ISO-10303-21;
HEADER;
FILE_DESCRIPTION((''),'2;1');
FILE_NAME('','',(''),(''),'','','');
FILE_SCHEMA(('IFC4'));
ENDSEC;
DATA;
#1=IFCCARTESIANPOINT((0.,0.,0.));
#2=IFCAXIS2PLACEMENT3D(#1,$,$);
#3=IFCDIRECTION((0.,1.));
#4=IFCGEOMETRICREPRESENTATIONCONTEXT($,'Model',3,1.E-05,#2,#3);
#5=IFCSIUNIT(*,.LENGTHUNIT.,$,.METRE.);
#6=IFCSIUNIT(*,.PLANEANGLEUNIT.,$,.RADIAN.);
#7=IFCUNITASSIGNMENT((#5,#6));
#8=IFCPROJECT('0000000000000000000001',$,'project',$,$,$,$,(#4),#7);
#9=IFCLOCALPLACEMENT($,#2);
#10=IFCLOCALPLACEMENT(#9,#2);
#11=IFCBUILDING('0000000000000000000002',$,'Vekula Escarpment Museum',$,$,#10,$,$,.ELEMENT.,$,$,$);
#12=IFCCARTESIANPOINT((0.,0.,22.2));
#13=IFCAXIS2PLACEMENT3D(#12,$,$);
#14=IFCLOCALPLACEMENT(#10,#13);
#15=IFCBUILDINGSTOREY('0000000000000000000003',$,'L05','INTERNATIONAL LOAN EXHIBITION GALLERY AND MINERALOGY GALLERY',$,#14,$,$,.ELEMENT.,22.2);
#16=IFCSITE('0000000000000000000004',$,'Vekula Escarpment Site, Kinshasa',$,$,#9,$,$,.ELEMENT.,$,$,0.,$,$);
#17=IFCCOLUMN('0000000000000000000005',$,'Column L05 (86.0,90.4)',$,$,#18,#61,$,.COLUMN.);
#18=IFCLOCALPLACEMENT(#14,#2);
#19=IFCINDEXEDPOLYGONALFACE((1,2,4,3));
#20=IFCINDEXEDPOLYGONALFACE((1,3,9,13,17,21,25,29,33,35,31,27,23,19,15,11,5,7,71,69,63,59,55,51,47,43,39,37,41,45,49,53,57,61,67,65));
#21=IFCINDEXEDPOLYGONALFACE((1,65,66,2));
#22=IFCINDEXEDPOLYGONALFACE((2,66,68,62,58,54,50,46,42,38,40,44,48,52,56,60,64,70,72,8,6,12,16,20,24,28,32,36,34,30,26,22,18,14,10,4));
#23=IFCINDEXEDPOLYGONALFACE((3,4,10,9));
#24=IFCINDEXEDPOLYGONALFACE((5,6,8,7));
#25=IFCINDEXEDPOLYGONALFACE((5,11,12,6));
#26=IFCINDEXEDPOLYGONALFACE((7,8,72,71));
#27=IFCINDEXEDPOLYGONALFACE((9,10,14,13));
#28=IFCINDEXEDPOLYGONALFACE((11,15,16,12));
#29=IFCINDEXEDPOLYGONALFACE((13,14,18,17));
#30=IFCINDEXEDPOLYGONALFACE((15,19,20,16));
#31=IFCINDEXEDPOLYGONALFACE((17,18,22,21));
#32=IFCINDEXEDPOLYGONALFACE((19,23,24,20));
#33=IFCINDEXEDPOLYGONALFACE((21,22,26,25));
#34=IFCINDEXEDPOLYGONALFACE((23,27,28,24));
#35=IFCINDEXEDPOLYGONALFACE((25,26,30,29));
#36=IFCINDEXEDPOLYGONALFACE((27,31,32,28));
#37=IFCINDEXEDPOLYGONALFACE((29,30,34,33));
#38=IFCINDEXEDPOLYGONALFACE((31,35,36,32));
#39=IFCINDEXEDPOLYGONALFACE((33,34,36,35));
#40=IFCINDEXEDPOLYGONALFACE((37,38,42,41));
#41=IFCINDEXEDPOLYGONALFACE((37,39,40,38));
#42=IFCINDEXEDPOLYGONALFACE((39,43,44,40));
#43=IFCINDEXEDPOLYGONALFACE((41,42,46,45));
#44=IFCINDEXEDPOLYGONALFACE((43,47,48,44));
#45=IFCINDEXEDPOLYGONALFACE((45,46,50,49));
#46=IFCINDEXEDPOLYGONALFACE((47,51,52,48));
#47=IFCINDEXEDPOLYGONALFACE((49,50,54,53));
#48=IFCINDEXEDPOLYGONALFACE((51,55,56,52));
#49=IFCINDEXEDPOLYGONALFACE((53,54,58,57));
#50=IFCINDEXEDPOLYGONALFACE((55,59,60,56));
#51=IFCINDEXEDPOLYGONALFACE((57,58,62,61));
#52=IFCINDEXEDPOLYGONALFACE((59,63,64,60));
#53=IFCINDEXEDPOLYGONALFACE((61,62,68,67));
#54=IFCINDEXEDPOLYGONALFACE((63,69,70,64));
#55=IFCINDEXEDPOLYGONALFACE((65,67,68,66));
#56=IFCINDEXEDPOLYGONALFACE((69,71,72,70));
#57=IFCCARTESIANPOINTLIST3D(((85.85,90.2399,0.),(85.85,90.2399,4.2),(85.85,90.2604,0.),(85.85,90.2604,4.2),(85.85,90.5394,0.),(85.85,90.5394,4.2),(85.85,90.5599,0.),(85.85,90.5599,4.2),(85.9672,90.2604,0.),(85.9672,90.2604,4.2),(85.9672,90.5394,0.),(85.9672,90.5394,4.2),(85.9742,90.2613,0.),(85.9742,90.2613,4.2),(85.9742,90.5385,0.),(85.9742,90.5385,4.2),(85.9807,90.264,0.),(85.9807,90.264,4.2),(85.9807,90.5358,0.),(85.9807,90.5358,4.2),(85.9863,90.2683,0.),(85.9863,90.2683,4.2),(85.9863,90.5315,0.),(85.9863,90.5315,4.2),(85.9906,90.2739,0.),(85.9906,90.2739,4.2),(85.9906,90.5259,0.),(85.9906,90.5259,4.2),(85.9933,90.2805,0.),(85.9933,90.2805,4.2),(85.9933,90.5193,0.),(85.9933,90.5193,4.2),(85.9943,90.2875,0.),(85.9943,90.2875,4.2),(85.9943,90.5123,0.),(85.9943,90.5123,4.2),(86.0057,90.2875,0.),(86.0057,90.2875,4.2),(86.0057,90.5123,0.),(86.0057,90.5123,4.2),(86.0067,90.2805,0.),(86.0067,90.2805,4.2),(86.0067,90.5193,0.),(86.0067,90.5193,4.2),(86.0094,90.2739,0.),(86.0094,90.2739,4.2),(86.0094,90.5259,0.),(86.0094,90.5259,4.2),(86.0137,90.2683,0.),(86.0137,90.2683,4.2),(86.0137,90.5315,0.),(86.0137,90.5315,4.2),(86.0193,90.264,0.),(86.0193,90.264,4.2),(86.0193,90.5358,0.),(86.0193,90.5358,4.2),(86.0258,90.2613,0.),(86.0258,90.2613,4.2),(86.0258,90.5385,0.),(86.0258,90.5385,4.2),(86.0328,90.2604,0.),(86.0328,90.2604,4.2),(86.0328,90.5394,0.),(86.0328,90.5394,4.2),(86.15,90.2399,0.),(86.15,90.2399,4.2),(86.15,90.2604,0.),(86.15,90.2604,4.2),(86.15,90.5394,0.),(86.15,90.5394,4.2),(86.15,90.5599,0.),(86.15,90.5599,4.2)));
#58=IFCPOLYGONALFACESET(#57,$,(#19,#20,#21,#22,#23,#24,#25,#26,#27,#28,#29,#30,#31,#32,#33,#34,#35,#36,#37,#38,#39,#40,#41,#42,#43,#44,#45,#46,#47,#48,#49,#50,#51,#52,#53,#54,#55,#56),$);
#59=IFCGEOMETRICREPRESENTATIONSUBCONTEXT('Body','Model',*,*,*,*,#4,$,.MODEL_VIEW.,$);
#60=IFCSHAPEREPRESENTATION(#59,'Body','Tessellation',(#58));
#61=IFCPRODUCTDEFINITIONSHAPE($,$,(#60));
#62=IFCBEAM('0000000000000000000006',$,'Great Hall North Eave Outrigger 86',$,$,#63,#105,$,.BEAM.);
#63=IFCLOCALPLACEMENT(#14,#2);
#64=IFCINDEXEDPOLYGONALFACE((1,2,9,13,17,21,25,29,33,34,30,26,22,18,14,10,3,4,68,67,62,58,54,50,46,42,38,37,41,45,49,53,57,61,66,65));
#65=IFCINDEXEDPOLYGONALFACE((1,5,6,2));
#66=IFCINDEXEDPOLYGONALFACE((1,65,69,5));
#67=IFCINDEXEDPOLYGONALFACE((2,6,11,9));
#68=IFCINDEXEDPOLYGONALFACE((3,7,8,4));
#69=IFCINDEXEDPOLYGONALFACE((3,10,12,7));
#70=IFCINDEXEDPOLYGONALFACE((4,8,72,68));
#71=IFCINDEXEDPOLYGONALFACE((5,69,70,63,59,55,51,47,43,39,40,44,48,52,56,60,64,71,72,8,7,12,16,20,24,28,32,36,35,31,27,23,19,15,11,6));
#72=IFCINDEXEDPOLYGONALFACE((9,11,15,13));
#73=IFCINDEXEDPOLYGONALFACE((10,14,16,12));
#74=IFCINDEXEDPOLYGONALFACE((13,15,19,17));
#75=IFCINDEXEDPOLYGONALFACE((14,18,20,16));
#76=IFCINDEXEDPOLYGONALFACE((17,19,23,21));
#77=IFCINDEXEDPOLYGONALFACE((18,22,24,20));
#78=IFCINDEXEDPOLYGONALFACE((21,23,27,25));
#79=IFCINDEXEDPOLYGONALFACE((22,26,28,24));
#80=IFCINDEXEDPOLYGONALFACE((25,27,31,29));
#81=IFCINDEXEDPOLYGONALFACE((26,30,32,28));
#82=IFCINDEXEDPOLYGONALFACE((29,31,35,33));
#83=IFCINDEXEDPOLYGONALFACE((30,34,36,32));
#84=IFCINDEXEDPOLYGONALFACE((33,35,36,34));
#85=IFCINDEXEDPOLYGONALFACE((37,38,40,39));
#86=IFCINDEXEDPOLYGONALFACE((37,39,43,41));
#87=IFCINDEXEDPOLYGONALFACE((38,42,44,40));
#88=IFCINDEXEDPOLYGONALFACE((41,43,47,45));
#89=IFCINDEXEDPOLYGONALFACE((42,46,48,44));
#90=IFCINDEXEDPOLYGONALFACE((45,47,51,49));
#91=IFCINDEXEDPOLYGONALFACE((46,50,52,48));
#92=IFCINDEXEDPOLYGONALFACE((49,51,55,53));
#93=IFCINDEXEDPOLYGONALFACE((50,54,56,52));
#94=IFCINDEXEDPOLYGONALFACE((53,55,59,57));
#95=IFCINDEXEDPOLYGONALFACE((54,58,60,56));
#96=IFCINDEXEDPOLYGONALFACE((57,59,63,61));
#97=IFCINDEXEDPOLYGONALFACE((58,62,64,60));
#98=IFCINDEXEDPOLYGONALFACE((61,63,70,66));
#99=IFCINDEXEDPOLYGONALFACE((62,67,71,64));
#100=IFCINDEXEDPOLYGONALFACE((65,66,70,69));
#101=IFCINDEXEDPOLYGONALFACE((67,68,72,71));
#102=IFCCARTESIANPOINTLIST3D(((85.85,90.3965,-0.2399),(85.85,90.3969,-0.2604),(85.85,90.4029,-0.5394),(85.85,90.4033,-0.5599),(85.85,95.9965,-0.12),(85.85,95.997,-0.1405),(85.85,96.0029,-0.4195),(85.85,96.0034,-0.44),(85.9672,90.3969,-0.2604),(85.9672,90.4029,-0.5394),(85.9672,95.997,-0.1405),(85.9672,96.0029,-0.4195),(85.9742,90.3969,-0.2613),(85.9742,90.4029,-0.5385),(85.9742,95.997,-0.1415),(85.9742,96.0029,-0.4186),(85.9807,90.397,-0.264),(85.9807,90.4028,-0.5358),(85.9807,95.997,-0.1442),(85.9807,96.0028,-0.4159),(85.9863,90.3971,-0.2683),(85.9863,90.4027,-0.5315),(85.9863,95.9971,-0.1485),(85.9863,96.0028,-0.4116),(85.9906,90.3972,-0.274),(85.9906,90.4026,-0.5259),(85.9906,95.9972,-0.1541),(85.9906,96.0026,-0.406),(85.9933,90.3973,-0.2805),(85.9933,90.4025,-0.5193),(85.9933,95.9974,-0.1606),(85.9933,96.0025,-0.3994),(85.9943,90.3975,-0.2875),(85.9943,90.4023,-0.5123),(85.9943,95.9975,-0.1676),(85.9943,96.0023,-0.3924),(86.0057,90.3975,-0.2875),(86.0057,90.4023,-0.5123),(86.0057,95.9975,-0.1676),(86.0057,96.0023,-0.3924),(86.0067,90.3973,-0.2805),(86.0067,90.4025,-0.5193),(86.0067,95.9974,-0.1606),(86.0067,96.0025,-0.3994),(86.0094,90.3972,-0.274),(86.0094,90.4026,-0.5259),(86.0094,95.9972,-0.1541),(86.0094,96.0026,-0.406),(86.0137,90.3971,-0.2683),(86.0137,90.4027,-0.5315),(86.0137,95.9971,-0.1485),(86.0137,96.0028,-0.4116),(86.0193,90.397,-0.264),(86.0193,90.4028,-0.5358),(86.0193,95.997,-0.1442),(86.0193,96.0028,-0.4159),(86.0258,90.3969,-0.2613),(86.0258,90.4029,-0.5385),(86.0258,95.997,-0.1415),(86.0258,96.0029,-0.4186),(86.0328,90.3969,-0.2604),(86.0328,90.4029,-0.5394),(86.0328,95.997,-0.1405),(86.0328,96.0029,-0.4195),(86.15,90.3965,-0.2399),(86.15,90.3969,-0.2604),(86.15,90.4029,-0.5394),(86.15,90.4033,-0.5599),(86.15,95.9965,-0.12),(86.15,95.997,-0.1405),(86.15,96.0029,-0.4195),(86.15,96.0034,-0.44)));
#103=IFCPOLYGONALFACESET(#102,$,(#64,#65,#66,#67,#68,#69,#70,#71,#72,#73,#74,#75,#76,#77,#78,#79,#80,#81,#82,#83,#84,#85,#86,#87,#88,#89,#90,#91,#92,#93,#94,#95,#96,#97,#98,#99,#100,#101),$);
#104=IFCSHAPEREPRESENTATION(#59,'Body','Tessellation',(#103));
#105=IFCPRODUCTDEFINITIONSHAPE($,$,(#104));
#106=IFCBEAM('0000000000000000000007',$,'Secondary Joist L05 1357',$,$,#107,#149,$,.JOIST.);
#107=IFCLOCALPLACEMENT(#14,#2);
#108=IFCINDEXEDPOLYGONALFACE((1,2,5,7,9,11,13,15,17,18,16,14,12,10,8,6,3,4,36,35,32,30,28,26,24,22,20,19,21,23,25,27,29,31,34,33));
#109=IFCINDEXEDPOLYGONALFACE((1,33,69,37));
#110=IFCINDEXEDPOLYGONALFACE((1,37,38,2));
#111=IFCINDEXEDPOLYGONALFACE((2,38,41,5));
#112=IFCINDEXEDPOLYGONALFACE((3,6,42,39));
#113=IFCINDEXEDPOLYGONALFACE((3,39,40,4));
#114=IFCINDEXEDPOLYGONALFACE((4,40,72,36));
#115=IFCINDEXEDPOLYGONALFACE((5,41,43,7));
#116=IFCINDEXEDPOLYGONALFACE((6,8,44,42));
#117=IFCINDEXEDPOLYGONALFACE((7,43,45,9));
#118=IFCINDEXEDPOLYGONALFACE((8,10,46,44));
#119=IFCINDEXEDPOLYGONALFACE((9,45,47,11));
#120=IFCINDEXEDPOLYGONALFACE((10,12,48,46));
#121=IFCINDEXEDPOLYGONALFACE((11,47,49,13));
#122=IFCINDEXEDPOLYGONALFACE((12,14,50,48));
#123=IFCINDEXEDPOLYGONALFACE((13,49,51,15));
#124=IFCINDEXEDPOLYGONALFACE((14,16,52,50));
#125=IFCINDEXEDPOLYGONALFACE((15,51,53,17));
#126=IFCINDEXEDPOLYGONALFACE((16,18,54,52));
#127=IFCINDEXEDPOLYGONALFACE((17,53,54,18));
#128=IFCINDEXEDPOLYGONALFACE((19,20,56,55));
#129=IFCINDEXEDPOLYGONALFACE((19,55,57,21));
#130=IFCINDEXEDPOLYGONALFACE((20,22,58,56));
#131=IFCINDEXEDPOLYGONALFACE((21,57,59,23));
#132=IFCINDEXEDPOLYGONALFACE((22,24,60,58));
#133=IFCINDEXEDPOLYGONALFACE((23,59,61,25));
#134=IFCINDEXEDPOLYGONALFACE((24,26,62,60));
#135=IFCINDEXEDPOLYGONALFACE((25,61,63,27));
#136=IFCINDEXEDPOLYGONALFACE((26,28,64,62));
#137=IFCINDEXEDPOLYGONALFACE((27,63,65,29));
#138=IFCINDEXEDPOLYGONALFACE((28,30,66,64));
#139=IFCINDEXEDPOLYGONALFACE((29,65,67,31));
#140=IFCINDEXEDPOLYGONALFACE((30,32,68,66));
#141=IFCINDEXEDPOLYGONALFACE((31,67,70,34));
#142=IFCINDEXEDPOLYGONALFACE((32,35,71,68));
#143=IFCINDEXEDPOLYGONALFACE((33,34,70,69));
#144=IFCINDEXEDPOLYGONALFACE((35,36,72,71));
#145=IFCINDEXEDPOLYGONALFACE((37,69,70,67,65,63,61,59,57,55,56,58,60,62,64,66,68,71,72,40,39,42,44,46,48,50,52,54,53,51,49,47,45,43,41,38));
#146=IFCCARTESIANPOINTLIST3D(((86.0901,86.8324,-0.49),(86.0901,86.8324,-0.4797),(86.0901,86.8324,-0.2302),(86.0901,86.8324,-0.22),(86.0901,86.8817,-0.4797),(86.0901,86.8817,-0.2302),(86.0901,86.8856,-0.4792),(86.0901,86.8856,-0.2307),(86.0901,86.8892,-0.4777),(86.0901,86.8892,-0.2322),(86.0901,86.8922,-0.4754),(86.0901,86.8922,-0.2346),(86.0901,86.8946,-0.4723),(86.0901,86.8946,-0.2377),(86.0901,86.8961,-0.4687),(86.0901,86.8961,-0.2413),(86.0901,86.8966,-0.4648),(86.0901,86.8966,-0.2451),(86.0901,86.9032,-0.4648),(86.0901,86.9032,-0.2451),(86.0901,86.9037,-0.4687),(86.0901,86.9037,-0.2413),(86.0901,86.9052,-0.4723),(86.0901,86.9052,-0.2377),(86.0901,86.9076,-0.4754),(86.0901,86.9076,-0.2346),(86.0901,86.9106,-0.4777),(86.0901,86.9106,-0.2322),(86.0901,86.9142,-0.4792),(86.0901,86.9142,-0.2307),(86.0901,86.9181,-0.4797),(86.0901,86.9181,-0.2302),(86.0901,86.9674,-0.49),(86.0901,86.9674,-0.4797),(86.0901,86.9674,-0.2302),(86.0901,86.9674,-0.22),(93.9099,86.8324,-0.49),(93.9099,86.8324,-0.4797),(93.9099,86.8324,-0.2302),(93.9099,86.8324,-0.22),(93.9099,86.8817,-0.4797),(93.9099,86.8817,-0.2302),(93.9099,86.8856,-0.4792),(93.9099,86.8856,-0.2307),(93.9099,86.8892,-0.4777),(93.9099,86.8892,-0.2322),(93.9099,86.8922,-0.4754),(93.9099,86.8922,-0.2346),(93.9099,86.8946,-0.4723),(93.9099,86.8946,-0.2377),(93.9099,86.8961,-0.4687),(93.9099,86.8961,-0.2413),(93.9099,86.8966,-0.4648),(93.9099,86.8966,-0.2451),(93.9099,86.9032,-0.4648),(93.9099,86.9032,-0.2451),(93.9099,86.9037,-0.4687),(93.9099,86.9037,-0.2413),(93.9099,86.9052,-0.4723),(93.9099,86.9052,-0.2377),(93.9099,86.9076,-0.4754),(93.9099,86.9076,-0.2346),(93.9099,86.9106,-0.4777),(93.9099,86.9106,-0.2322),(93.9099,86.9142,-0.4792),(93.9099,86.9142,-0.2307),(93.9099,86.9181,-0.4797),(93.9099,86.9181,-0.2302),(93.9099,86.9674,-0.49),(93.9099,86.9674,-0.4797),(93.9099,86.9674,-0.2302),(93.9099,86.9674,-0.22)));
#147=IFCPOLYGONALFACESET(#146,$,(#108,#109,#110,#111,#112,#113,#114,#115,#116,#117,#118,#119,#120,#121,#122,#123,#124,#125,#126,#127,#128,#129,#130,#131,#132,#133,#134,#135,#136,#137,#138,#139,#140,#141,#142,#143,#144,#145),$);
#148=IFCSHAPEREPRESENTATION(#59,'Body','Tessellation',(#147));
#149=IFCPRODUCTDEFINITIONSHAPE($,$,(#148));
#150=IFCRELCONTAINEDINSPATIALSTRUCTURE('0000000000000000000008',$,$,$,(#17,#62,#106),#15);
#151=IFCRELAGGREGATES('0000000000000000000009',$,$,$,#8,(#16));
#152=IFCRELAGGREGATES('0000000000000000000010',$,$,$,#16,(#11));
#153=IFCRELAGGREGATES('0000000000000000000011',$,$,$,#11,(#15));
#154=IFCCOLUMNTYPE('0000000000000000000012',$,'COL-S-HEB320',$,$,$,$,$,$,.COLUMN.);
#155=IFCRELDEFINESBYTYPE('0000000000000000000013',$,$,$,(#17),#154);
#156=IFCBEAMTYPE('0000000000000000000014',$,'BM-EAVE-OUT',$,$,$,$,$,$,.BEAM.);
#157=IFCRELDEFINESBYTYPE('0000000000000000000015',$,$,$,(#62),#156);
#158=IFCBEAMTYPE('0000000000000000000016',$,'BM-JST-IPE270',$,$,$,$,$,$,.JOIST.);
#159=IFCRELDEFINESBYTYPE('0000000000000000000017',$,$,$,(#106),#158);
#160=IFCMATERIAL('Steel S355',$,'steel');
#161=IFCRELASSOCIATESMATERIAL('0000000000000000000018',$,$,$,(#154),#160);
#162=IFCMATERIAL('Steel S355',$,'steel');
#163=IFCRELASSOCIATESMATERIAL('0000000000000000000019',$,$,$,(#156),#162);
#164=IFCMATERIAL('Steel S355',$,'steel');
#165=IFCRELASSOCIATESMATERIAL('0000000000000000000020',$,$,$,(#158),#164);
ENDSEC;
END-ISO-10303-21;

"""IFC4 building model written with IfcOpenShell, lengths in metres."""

from ifc_helpers import new_model, si_unit, direction, frame, origin, origin_2d, place, context, subcontext, project, spatial, i_section, extrude, material, material_profile, profile_set, type_object, element, save


model = new_model("IFC4")

# Units and contexts
model_context = context("Model", 3, precision=1e-05, world=origin(), true_north=direction((0.0, 1.0)))
body_context = subcontext(model_context, "Body", "Model", "MODEL_VIEW")
ifc_project = project(units=[si_unit("LENGTHUNIT", "METRE"), si_unit("PLANEANGLEUNIT", "RADIAN")], contexts=[model_context])

# Site, building, storey
site_placement = place(None, origin())
site = spatial("IfcSite", under=ifc_project, at=site_placement, Name="Vekula Escarpment Site, Kinshasa", CompositionType="ELEMENT", RefElevation=0.0)
building_placement = place(site_placement, origin())
building = spatial("IfcBuilding", under=site, at=building_placement, Name="Vekula Escarpment Museum", CompositionType="ELEMENT")
storey_placement = place(building_placement, frame((0.0, 0.0, 22.2)))
storey = spatial("IfcBuildingStorey", under=building, at=storey_placement, Name="L05", Description="INTERNATIONAL LOAN EXHIBITION GALLERY AND MINERALOGY GALLERY", CompositionType="ELEMENT", Elevation=22.2)

# Column
ifc_material_1 = material(Name="Steel S355", Category="steel")
ifc_material_profile_1 = material_profile(ifc_material_1, i_section(OverallWidth=0.3, OverallDepth=0.3201, WebThickness=0.0115, FlangeThickness=0.0205, FilletRadius=0.0271, at=origin_2d()), Name="HEB 320")
ifc_profile_set_1 = profile_set([ifc_material_profile_1], Name="Steel S355")
column_type = type_object("IfcColumnType", Name="COL-S-HEB320", PredefinedType="COLUMN", material=ifc_profile_set_1)
column_placement = place(storey_placement, frame((86.0, 90.3999, 0.0), z_axis=(0.0, 0.0, 1.0), x_axis=(1.0, 0.0, 0.0)))
element("IfcColumn", 1, at=column_placement, inside=storey, type_object=column_type, Name="Column L05 (86.0,90.4)", PredefinedType="COLUMN", context=body_context, shape_type="SweptSolid", body=[
    extrude(i_section(OverallWidth=0.3, OverallDepth=0.3201, WebThickness=0.0115, FlangeThickness=0.0205, FilletRadius=0.0271, at=origin_2d()), origin(), (0.0, 0.0, 1.0), 4.2),
])

# Beams
ifc_material_2 = material(Name="Steel S355", Category="steel")
ifc_material_profile_2 = material_profile(ifc_material_2, i_section(OverallWidth=0.3, OverallDepth=0.3201, WebThickness=0.0115, FlangeThickness=0.0205, FilletRadius=0.0271, at=origin_2d()), Name="HEB 320")
ifc_profile_set_2 = profile_set([ifc_material_profile_2], Name="Steel S355")
beam_type_1 = type_object("IfcBeamType", Name="BM-EAVE-OUT", PredefinedType="BEAM", material=ifc_profile_set_2)
beam_1_placement = place(storey_placement, frame((86.0, 90.3999, -0.3999), z_axis=(0.0, 0.999771, 0.021401), x_axis=(-1.0, 0.0, 0.0)))
element("IfcBeam", 2, at=beam_1_placement, inside=storey, type_object=beam_type_1, Name="Great Hall North Eave Outrigger 86", PredefinedType="BEAM", context=body_context, shape_type="SweptSolid", body=[
    extrude(i_section(OverallWidth=0.3, OverallDepth=0.3201, WebThickness=0.0115, FlangeThickness=0.0205, FilletRadius=0.0271, at=origin_2d()), origin(), (0.0, 0.0, 1.0), 5.6013),
])
ifc_material_3 = material(Name="Steel S355", Category="steel")
ifc_material_profile_3 = material_profile(ifc_material_3, i_section(OverallWidth=0.135, OverallDepth=0.27, WebThickness=0.0066, FlangeThickness=0.0103, FilletRadius=0.0149, at=origin_2d()), Name="IPE 270")
ifc_profile_set_3 = profile_set([ifc_material_profile_3], Name="Steel S355")
beam_type_2 = type_object("IfcBeamType", Name="BM-JST-IPE270", PredefinedType="JOIST", material=ifc_profile_set_3)
beam_2_placement = place(storey_placement, frame((86.0901, 86.8999, -0.355), z_axis=(1.0, 0.0, 0.0), x_axis=(0.0, 1.0, 0.0)))
element("IfcBeam", 3, at=beam_2_placement, inside=storey, type_object=beam_type_2, Name="Secondary Joist L05 1357", PredefinedType="JOIST", context=body_context, shape_type="SweptSolid", body=[
    extrude(i_section(OverallWidth=0.135, OverallDepth=0.27, WebThickness=0.0066, FlangeThickness=0.0103, FilletRadius=0.0149, at=origin_2d()), origin(), (0.0, 0.0, 1.0), 7.8198),
])

save(model, "model.ifc")
